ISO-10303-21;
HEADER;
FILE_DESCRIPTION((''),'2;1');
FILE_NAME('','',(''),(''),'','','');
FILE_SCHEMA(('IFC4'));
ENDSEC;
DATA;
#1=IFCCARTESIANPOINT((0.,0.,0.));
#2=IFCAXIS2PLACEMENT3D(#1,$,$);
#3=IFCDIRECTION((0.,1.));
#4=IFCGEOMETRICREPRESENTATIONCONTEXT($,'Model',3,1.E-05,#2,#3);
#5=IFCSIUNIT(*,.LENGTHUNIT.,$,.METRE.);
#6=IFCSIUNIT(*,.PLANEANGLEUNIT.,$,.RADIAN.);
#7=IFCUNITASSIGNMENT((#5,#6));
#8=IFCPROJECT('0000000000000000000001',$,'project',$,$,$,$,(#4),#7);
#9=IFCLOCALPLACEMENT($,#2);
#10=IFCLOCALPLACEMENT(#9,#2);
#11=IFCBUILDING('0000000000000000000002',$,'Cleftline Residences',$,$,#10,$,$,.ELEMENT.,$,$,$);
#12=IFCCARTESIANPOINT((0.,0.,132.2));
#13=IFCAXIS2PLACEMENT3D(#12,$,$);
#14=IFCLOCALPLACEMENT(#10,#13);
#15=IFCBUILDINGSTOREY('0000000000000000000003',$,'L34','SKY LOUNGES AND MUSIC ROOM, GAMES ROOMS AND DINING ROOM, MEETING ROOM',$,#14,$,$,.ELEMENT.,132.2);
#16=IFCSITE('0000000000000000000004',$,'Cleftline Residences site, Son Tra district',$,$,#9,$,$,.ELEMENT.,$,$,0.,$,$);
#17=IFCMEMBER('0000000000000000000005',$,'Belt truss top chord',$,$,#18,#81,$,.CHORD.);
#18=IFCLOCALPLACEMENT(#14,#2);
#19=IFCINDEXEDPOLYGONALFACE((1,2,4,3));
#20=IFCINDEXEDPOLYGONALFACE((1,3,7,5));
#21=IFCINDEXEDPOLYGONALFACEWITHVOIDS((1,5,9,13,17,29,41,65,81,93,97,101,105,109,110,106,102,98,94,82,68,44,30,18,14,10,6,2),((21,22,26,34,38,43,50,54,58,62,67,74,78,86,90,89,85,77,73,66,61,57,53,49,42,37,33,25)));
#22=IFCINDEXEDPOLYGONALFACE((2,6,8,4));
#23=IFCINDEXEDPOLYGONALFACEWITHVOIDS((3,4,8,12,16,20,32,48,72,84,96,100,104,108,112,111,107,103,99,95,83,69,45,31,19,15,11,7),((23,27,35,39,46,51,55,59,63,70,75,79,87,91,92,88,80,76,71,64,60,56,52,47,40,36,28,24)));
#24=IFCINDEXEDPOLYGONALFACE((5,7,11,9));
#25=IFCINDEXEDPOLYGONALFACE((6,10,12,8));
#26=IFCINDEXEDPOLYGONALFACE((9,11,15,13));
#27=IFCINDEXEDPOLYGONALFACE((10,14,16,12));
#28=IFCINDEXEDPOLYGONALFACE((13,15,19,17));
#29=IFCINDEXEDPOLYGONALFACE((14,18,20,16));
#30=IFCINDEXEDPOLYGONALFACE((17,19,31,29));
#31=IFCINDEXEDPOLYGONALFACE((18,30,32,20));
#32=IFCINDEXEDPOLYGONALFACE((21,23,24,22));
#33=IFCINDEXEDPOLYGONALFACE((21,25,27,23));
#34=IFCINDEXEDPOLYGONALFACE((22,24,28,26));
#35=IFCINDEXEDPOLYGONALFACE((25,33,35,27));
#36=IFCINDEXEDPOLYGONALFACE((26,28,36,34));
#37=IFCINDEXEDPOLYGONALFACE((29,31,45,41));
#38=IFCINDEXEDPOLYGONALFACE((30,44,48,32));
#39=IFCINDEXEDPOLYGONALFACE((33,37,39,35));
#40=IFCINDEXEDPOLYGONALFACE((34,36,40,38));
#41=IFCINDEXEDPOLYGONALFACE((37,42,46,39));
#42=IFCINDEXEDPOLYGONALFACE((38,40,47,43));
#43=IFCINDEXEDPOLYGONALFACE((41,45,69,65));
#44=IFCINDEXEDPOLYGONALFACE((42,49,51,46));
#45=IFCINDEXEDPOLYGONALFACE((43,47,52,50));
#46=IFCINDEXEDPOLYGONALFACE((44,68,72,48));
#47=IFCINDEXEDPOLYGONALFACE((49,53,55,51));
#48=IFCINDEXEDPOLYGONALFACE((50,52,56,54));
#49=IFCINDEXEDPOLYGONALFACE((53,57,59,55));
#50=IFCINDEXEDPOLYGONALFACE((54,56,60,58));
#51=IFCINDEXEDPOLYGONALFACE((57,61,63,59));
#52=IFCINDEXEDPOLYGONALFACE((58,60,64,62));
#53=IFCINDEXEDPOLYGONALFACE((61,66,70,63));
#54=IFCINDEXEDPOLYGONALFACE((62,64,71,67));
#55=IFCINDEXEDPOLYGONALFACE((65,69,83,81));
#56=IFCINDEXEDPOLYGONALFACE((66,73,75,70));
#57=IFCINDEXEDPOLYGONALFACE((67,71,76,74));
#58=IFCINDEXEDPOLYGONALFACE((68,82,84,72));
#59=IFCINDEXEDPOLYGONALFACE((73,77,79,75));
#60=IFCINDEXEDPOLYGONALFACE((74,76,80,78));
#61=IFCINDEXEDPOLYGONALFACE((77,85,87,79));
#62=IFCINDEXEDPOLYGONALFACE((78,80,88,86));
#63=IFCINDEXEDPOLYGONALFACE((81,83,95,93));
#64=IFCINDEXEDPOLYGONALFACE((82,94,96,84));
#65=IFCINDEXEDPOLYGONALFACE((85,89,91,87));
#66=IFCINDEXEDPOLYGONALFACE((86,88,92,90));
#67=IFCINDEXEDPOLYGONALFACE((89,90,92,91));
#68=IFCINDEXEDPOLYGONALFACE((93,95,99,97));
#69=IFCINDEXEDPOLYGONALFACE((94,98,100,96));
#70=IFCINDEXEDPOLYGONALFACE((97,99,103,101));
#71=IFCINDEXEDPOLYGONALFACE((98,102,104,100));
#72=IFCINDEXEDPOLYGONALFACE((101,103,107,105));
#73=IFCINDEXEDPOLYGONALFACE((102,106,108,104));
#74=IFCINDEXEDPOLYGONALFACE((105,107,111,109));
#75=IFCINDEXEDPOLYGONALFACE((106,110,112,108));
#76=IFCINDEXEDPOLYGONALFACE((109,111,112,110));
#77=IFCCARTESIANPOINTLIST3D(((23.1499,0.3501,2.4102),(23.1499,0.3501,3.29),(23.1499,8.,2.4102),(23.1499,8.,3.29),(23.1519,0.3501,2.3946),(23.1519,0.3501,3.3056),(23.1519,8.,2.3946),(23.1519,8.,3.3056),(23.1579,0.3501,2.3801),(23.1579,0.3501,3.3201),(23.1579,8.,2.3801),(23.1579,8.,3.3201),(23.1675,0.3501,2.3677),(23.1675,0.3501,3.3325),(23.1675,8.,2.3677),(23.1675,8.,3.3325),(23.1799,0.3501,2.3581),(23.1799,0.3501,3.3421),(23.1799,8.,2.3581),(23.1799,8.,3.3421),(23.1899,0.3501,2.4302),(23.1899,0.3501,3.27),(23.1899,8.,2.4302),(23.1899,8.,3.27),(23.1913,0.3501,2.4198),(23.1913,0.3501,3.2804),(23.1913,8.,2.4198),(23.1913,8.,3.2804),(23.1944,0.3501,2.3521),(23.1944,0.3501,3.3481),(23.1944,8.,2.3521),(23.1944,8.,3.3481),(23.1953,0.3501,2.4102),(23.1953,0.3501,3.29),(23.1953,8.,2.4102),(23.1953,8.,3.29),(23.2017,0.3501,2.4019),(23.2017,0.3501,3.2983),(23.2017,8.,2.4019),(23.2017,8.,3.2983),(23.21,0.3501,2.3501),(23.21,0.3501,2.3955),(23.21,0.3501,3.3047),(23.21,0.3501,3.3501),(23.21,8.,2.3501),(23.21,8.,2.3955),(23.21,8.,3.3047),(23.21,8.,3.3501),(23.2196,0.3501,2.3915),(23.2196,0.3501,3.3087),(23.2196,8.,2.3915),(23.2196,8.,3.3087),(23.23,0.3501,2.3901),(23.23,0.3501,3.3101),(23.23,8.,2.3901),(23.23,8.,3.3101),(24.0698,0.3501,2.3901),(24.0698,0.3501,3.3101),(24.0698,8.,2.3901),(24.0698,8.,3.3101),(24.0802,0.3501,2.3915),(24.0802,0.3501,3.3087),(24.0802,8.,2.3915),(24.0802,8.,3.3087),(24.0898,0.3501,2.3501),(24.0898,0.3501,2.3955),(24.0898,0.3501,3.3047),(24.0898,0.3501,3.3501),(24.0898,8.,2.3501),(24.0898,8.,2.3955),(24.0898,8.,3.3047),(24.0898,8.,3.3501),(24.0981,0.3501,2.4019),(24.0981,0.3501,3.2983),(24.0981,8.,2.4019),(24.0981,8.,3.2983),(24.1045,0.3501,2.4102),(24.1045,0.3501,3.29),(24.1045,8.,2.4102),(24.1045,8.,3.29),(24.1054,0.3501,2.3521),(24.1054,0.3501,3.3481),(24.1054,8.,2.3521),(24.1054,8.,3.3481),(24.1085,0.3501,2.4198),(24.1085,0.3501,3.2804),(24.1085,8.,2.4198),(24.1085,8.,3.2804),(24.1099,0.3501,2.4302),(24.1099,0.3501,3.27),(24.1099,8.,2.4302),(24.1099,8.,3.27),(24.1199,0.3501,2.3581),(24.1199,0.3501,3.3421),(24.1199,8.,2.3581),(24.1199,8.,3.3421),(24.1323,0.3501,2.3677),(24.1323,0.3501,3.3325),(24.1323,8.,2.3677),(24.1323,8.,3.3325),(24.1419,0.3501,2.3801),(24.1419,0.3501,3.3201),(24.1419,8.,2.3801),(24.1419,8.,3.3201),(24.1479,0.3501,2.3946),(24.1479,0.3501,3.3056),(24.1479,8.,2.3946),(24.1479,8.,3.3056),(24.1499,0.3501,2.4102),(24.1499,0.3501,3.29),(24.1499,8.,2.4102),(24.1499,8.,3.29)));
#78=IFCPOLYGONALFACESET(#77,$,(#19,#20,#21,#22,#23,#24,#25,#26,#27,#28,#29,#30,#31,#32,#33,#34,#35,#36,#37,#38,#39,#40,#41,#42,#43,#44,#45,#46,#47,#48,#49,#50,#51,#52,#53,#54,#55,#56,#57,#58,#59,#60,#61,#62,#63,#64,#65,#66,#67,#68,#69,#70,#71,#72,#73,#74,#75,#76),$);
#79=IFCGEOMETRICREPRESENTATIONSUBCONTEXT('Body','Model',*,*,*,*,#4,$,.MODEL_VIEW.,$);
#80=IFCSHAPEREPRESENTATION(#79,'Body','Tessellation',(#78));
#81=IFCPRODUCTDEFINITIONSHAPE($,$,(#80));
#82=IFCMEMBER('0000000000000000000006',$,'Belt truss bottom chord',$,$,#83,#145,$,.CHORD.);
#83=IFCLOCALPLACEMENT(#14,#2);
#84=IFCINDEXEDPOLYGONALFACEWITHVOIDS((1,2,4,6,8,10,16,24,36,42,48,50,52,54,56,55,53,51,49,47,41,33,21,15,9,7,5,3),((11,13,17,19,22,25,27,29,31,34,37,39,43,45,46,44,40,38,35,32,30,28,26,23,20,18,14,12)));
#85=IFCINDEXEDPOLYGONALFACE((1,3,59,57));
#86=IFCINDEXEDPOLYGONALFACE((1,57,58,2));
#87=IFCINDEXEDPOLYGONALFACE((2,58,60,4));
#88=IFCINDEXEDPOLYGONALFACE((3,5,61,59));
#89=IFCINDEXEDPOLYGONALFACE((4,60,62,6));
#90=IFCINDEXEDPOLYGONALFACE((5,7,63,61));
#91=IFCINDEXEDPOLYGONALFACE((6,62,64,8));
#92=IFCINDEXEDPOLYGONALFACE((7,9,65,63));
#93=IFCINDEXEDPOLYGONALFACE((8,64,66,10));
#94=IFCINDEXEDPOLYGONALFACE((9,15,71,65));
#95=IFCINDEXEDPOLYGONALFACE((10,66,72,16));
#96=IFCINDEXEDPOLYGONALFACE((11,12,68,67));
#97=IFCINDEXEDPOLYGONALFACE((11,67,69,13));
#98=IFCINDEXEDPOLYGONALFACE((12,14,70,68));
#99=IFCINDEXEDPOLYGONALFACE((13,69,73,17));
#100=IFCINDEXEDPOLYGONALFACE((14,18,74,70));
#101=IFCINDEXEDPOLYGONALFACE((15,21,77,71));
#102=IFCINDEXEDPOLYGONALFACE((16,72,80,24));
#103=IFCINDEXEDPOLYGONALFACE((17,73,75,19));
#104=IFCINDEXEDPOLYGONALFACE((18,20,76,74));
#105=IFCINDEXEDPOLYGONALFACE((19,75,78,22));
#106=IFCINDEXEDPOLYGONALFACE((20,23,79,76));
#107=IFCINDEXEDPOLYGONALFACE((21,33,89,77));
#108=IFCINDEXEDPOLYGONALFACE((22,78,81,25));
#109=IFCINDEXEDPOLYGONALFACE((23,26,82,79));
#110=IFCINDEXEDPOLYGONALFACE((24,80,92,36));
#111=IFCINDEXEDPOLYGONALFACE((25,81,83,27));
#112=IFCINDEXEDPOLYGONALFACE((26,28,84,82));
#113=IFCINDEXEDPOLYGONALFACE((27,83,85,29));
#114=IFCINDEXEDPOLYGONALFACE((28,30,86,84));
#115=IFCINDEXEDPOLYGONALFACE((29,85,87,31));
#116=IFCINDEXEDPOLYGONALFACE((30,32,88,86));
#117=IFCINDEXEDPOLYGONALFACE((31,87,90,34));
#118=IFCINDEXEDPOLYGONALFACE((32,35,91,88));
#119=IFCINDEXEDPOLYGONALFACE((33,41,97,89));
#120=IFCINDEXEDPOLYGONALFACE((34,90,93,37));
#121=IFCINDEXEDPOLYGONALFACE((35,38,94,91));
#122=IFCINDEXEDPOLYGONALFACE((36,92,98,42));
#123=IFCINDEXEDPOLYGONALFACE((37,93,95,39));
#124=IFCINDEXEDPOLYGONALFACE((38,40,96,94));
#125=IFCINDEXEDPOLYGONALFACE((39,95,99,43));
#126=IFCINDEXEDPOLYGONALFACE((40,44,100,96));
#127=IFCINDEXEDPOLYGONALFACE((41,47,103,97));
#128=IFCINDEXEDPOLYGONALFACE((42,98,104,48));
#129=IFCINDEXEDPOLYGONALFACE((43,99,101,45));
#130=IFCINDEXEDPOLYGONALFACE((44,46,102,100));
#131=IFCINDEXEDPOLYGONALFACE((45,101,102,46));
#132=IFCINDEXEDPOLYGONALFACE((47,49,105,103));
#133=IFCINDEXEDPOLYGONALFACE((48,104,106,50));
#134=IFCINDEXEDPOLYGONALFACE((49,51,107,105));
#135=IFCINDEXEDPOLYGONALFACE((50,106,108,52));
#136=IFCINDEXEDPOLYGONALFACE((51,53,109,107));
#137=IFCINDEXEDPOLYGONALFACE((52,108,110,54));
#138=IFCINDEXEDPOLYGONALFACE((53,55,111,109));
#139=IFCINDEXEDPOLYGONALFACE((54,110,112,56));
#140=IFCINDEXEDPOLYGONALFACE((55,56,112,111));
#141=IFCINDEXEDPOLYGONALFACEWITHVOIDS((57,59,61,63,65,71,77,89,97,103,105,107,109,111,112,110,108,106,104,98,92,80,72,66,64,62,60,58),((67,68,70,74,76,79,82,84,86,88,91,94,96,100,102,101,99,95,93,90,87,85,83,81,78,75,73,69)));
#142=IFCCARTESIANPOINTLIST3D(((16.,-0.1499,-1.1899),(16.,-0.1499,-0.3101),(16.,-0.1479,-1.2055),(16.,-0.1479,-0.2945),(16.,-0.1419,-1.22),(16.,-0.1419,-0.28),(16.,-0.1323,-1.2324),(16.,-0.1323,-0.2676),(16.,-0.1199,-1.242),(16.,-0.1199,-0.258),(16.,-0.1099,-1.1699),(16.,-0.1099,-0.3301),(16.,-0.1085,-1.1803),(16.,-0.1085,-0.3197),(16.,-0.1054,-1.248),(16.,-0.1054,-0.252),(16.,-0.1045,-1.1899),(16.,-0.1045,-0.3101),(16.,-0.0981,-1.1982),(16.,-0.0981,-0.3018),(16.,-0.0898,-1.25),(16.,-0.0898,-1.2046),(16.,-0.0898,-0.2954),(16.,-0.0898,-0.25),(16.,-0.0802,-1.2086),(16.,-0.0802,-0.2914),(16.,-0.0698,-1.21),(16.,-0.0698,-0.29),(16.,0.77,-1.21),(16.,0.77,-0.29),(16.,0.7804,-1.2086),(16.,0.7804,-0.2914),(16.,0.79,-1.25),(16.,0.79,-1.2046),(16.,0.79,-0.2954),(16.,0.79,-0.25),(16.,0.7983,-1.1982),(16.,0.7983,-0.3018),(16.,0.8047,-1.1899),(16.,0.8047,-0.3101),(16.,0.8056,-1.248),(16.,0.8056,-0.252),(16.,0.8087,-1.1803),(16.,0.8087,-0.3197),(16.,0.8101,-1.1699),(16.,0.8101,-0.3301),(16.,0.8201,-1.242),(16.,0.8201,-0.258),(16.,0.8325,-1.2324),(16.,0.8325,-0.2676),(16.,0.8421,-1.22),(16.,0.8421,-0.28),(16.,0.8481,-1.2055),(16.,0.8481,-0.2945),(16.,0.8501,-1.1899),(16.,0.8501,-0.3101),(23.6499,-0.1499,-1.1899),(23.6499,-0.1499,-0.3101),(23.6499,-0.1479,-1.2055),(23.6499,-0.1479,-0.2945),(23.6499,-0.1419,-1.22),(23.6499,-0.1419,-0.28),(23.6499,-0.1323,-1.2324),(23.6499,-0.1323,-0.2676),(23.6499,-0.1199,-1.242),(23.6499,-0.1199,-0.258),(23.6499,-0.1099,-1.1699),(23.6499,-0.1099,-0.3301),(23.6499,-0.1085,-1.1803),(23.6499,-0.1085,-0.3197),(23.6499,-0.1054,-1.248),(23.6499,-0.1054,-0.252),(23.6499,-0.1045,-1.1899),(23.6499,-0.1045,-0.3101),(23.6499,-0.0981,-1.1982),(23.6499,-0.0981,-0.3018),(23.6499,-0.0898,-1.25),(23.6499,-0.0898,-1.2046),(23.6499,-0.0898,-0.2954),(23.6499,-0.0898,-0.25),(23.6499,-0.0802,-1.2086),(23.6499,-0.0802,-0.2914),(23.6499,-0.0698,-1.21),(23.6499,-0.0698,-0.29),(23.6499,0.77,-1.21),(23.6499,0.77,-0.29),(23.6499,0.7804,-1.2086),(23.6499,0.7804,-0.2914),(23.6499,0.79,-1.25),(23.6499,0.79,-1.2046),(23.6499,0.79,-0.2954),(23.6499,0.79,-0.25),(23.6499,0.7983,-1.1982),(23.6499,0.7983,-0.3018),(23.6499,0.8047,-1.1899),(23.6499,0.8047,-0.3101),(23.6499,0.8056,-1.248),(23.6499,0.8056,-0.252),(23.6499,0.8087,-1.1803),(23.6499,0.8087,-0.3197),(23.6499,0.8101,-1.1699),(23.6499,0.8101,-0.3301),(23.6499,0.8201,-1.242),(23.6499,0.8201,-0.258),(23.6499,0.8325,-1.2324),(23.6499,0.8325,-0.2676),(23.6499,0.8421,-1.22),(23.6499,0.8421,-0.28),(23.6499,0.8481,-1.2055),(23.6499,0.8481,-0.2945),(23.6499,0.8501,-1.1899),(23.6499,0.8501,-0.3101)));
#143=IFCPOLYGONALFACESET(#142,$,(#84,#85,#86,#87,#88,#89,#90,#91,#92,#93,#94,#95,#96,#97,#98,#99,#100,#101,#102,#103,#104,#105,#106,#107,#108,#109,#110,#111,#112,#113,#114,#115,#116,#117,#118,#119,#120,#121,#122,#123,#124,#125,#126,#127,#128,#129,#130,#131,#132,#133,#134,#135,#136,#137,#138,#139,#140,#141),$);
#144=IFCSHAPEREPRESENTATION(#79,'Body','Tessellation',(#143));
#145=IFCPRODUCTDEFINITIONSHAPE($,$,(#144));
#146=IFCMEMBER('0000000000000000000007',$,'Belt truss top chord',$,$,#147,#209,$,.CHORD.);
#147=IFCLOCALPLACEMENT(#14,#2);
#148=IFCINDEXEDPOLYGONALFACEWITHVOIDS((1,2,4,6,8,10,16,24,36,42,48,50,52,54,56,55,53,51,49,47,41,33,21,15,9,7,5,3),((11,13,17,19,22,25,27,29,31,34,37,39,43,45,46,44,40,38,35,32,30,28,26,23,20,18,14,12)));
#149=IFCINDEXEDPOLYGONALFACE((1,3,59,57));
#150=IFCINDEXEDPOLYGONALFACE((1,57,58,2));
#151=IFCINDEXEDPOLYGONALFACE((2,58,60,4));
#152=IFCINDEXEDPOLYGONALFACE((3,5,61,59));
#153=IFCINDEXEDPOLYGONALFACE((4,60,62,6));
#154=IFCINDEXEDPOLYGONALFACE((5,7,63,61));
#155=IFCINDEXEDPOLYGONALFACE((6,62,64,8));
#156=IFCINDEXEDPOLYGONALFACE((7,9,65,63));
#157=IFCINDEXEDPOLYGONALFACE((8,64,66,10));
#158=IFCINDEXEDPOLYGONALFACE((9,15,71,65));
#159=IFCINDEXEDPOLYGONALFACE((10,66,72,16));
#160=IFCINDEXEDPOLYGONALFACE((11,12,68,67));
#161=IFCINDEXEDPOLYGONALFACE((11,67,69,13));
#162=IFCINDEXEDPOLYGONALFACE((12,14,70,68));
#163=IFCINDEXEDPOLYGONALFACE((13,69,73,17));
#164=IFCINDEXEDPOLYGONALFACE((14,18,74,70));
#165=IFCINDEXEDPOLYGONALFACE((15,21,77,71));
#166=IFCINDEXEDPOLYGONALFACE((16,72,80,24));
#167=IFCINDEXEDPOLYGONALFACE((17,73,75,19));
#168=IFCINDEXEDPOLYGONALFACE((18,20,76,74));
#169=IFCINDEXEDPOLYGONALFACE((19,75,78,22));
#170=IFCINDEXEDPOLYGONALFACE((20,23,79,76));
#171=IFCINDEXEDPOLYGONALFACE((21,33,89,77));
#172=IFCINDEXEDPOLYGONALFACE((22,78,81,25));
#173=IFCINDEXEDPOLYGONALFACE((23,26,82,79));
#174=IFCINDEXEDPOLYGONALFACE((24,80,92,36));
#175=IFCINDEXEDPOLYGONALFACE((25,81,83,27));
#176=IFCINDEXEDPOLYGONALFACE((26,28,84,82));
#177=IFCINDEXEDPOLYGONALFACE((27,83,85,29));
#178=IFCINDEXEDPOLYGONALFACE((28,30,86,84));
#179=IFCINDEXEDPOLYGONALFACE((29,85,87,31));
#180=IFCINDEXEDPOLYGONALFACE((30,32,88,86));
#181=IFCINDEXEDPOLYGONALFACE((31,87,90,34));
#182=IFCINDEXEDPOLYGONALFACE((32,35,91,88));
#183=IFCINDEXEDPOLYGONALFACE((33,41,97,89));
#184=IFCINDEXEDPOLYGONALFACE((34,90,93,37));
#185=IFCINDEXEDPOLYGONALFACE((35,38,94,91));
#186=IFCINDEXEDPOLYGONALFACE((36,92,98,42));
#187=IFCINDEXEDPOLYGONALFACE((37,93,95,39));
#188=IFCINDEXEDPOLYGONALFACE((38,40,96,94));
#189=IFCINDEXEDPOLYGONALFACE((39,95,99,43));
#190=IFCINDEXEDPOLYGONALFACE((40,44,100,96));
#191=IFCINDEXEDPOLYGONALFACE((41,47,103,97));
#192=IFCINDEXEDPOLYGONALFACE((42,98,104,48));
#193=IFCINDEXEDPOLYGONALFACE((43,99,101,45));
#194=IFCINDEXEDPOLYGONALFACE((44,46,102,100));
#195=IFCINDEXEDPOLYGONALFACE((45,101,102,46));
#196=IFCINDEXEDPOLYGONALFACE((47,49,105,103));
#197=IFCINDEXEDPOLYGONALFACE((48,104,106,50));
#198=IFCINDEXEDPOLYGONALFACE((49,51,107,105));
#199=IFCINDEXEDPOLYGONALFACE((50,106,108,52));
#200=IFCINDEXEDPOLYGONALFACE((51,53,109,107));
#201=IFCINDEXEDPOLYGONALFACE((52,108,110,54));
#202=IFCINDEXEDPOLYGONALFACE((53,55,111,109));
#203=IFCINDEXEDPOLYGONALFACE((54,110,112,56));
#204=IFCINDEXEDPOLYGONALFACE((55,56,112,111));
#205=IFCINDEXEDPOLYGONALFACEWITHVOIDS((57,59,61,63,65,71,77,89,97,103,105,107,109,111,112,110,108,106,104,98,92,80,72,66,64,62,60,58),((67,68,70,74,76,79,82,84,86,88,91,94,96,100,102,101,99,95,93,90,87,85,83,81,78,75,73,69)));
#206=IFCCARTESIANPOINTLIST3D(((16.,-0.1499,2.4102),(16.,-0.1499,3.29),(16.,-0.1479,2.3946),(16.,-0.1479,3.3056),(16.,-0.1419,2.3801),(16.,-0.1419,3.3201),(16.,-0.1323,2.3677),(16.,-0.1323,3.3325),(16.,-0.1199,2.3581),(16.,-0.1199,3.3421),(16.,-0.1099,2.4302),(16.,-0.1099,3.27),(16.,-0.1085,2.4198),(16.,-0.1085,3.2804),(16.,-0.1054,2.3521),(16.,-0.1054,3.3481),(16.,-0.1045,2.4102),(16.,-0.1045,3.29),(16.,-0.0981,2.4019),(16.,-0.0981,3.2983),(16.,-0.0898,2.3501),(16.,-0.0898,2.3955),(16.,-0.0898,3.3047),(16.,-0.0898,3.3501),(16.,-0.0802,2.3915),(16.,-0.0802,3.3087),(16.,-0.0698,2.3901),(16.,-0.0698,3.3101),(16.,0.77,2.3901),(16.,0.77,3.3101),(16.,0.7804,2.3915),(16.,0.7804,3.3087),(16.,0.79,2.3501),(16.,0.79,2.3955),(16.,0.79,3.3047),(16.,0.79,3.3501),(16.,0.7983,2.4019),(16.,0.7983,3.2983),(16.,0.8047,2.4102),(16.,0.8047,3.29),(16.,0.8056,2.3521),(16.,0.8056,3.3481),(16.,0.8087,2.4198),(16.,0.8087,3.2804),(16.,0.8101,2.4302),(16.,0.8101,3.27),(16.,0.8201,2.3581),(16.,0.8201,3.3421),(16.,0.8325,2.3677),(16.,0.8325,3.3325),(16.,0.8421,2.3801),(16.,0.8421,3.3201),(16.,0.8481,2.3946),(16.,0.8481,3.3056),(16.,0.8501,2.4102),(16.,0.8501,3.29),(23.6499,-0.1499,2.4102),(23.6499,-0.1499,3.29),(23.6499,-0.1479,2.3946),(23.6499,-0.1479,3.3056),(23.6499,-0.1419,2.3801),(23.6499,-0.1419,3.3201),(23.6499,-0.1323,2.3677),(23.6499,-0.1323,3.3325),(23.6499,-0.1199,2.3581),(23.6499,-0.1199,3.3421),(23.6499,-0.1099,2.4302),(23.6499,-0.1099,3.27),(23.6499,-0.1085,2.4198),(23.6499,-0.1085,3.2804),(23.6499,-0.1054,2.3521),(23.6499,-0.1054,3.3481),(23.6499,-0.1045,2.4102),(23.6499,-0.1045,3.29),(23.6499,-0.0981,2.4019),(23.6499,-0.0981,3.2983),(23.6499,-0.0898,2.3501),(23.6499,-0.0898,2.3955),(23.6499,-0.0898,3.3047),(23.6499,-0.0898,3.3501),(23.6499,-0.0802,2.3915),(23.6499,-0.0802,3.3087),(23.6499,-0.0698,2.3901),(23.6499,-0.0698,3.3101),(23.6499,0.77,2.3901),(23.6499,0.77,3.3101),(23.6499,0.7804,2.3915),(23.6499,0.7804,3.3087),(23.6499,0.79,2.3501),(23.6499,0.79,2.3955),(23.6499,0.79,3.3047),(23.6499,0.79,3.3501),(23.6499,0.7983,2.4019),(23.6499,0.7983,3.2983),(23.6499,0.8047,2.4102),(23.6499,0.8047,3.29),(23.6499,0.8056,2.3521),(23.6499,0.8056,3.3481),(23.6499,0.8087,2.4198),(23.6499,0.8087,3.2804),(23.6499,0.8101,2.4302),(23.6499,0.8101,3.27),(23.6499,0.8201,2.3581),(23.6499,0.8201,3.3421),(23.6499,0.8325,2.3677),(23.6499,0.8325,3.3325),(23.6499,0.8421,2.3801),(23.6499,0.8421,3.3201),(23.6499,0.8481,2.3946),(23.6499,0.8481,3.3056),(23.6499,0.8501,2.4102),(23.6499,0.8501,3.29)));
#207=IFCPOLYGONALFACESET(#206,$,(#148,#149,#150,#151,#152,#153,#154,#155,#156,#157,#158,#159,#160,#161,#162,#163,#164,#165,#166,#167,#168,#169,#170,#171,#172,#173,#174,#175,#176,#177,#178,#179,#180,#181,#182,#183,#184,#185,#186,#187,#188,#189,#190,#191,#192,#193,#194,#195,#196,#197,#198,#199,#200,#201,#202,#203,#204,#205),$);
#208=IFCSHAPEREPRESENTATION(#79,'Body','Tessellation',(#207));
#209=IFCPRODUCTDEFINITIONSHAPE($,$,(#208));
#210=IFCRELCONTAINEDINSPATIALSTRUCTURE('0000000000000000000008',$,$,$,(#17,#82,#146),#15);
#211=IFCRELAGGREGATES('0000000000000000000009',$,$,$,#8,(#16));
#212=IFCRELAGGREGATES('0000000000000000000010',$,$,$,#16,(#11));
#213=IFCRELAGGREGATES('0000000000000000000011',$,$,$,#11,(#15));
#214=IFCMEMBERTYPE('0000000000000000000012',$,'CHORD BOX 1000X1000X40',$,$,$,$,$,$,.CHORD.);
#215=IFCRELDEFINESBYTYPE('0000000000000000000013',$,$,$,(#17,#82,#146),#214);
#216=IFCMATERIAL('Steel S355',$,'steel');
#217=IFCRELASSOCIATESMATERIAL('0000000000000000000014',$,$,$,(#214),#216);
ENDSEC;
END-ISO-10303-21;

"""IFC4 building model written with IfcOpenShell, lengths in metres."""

from ifc_helpers import new_model, si_unit, direction, frame, origin, origin_2d, place, context, subcontext, project, spatial, hollow_rectangle, extrude, material, material_profile, profile_set, type_object, element, save


model = new_model("IFC4")

# Units and contexts
model_context = context("Model", 3, precision=1e-05, world=origin(), true_north=direction((0.0, 1.0)))
body_context = subcontext(model_context, "Body", "Model", "MODEL_VIEW")
ifc_project = project(units=[si_unit("LENGTHUNIT", "METRE"), si_unit("PLANEANGLEUNIT", "RADIAN")], contexts=[model_context])

# Site, building, storey
site_placement = place(None, origin())
site = spatial("IfcSite", under=ifc_project, at=site_placement, Name="Cleftline Residences site, Son Tra district", CompositionType="ELEMENT", RefElevation=0.0)
building_placement = place(site_placement, origin())
building = spatial("IfcBuilding", under=site, at=building_placement, Name="Cleftline Residences", CompositionType="ELEMENT")
storey_placement = place(building_placement, frame((0.0, 0.0, 132.2)))
storey = spatial("IfcBuildingStorey", under=building, at=storey_placement, Name="L34", Description="SKY LOUNGES AND MUSIC ROOM, GAMES ROOMS AND DINING ROOM, MEETING ROOM", CompositionType="ELEMENT", Elevation=132.2)

# Members
ifc_material_1 = material(Name="Steel S355", Category="steel")
ifc_material_profile_1 = material_profile(ifc_material_1, hollow_rectangle(XDim=1.0, YDim=1.0, WallThickness=0.04, InnerFilletRadius=0.04, OuterFilletRadius=0.0601, at=origin_2d()))
ifc_profile_set_1 = profile_set([ifc_material_profile_1], Name="Steel S355")
member_type_1 = type_object("IfcMemberType", Name="CHORD BOX 1000X1000X40", PredefinedType="CHORD", material=ifc_profile_set_1)
for number, where, z_axis, x_axis, name in (
    (1, (23.6499, 0.3501, 2.8501), (0.0, 1.0, 0.0), (-1.0, 0.0, 0.0), "Belt truss top chord"),
    (2, (16.0, 0.3501, -0.75), (1.0, 0.0, 0.0), (0.0, 1.0, 0.0), "Belt truss bottom chord"),
    (3, (16.0, 0.3501, 2.8501), (1.0, 0.0, 0.0), (0.0, 1.0, 0.0), "Belt truss top chord"),
):
    element("IfcMember", number, at=place(storey_placement, frame(where, z_axis=z_axis, x_axis=x_axis)), inside=storey, type_object=member_type_1, Name=name, PredefinedType="CHORD", context=body_context, shape_type="SweptSolid", body=[
        extrude(hollow_rectangle(XDim=1.0, YDim=1.0, WallThickness=0.04, InnerFilletRadius=0.04, OuterFilletRadius=0.0601, at=origin_2d()), origin(), (0.0, 0.0, 1.0), 7.6499),
    ])

save(model, "model.ifc")
